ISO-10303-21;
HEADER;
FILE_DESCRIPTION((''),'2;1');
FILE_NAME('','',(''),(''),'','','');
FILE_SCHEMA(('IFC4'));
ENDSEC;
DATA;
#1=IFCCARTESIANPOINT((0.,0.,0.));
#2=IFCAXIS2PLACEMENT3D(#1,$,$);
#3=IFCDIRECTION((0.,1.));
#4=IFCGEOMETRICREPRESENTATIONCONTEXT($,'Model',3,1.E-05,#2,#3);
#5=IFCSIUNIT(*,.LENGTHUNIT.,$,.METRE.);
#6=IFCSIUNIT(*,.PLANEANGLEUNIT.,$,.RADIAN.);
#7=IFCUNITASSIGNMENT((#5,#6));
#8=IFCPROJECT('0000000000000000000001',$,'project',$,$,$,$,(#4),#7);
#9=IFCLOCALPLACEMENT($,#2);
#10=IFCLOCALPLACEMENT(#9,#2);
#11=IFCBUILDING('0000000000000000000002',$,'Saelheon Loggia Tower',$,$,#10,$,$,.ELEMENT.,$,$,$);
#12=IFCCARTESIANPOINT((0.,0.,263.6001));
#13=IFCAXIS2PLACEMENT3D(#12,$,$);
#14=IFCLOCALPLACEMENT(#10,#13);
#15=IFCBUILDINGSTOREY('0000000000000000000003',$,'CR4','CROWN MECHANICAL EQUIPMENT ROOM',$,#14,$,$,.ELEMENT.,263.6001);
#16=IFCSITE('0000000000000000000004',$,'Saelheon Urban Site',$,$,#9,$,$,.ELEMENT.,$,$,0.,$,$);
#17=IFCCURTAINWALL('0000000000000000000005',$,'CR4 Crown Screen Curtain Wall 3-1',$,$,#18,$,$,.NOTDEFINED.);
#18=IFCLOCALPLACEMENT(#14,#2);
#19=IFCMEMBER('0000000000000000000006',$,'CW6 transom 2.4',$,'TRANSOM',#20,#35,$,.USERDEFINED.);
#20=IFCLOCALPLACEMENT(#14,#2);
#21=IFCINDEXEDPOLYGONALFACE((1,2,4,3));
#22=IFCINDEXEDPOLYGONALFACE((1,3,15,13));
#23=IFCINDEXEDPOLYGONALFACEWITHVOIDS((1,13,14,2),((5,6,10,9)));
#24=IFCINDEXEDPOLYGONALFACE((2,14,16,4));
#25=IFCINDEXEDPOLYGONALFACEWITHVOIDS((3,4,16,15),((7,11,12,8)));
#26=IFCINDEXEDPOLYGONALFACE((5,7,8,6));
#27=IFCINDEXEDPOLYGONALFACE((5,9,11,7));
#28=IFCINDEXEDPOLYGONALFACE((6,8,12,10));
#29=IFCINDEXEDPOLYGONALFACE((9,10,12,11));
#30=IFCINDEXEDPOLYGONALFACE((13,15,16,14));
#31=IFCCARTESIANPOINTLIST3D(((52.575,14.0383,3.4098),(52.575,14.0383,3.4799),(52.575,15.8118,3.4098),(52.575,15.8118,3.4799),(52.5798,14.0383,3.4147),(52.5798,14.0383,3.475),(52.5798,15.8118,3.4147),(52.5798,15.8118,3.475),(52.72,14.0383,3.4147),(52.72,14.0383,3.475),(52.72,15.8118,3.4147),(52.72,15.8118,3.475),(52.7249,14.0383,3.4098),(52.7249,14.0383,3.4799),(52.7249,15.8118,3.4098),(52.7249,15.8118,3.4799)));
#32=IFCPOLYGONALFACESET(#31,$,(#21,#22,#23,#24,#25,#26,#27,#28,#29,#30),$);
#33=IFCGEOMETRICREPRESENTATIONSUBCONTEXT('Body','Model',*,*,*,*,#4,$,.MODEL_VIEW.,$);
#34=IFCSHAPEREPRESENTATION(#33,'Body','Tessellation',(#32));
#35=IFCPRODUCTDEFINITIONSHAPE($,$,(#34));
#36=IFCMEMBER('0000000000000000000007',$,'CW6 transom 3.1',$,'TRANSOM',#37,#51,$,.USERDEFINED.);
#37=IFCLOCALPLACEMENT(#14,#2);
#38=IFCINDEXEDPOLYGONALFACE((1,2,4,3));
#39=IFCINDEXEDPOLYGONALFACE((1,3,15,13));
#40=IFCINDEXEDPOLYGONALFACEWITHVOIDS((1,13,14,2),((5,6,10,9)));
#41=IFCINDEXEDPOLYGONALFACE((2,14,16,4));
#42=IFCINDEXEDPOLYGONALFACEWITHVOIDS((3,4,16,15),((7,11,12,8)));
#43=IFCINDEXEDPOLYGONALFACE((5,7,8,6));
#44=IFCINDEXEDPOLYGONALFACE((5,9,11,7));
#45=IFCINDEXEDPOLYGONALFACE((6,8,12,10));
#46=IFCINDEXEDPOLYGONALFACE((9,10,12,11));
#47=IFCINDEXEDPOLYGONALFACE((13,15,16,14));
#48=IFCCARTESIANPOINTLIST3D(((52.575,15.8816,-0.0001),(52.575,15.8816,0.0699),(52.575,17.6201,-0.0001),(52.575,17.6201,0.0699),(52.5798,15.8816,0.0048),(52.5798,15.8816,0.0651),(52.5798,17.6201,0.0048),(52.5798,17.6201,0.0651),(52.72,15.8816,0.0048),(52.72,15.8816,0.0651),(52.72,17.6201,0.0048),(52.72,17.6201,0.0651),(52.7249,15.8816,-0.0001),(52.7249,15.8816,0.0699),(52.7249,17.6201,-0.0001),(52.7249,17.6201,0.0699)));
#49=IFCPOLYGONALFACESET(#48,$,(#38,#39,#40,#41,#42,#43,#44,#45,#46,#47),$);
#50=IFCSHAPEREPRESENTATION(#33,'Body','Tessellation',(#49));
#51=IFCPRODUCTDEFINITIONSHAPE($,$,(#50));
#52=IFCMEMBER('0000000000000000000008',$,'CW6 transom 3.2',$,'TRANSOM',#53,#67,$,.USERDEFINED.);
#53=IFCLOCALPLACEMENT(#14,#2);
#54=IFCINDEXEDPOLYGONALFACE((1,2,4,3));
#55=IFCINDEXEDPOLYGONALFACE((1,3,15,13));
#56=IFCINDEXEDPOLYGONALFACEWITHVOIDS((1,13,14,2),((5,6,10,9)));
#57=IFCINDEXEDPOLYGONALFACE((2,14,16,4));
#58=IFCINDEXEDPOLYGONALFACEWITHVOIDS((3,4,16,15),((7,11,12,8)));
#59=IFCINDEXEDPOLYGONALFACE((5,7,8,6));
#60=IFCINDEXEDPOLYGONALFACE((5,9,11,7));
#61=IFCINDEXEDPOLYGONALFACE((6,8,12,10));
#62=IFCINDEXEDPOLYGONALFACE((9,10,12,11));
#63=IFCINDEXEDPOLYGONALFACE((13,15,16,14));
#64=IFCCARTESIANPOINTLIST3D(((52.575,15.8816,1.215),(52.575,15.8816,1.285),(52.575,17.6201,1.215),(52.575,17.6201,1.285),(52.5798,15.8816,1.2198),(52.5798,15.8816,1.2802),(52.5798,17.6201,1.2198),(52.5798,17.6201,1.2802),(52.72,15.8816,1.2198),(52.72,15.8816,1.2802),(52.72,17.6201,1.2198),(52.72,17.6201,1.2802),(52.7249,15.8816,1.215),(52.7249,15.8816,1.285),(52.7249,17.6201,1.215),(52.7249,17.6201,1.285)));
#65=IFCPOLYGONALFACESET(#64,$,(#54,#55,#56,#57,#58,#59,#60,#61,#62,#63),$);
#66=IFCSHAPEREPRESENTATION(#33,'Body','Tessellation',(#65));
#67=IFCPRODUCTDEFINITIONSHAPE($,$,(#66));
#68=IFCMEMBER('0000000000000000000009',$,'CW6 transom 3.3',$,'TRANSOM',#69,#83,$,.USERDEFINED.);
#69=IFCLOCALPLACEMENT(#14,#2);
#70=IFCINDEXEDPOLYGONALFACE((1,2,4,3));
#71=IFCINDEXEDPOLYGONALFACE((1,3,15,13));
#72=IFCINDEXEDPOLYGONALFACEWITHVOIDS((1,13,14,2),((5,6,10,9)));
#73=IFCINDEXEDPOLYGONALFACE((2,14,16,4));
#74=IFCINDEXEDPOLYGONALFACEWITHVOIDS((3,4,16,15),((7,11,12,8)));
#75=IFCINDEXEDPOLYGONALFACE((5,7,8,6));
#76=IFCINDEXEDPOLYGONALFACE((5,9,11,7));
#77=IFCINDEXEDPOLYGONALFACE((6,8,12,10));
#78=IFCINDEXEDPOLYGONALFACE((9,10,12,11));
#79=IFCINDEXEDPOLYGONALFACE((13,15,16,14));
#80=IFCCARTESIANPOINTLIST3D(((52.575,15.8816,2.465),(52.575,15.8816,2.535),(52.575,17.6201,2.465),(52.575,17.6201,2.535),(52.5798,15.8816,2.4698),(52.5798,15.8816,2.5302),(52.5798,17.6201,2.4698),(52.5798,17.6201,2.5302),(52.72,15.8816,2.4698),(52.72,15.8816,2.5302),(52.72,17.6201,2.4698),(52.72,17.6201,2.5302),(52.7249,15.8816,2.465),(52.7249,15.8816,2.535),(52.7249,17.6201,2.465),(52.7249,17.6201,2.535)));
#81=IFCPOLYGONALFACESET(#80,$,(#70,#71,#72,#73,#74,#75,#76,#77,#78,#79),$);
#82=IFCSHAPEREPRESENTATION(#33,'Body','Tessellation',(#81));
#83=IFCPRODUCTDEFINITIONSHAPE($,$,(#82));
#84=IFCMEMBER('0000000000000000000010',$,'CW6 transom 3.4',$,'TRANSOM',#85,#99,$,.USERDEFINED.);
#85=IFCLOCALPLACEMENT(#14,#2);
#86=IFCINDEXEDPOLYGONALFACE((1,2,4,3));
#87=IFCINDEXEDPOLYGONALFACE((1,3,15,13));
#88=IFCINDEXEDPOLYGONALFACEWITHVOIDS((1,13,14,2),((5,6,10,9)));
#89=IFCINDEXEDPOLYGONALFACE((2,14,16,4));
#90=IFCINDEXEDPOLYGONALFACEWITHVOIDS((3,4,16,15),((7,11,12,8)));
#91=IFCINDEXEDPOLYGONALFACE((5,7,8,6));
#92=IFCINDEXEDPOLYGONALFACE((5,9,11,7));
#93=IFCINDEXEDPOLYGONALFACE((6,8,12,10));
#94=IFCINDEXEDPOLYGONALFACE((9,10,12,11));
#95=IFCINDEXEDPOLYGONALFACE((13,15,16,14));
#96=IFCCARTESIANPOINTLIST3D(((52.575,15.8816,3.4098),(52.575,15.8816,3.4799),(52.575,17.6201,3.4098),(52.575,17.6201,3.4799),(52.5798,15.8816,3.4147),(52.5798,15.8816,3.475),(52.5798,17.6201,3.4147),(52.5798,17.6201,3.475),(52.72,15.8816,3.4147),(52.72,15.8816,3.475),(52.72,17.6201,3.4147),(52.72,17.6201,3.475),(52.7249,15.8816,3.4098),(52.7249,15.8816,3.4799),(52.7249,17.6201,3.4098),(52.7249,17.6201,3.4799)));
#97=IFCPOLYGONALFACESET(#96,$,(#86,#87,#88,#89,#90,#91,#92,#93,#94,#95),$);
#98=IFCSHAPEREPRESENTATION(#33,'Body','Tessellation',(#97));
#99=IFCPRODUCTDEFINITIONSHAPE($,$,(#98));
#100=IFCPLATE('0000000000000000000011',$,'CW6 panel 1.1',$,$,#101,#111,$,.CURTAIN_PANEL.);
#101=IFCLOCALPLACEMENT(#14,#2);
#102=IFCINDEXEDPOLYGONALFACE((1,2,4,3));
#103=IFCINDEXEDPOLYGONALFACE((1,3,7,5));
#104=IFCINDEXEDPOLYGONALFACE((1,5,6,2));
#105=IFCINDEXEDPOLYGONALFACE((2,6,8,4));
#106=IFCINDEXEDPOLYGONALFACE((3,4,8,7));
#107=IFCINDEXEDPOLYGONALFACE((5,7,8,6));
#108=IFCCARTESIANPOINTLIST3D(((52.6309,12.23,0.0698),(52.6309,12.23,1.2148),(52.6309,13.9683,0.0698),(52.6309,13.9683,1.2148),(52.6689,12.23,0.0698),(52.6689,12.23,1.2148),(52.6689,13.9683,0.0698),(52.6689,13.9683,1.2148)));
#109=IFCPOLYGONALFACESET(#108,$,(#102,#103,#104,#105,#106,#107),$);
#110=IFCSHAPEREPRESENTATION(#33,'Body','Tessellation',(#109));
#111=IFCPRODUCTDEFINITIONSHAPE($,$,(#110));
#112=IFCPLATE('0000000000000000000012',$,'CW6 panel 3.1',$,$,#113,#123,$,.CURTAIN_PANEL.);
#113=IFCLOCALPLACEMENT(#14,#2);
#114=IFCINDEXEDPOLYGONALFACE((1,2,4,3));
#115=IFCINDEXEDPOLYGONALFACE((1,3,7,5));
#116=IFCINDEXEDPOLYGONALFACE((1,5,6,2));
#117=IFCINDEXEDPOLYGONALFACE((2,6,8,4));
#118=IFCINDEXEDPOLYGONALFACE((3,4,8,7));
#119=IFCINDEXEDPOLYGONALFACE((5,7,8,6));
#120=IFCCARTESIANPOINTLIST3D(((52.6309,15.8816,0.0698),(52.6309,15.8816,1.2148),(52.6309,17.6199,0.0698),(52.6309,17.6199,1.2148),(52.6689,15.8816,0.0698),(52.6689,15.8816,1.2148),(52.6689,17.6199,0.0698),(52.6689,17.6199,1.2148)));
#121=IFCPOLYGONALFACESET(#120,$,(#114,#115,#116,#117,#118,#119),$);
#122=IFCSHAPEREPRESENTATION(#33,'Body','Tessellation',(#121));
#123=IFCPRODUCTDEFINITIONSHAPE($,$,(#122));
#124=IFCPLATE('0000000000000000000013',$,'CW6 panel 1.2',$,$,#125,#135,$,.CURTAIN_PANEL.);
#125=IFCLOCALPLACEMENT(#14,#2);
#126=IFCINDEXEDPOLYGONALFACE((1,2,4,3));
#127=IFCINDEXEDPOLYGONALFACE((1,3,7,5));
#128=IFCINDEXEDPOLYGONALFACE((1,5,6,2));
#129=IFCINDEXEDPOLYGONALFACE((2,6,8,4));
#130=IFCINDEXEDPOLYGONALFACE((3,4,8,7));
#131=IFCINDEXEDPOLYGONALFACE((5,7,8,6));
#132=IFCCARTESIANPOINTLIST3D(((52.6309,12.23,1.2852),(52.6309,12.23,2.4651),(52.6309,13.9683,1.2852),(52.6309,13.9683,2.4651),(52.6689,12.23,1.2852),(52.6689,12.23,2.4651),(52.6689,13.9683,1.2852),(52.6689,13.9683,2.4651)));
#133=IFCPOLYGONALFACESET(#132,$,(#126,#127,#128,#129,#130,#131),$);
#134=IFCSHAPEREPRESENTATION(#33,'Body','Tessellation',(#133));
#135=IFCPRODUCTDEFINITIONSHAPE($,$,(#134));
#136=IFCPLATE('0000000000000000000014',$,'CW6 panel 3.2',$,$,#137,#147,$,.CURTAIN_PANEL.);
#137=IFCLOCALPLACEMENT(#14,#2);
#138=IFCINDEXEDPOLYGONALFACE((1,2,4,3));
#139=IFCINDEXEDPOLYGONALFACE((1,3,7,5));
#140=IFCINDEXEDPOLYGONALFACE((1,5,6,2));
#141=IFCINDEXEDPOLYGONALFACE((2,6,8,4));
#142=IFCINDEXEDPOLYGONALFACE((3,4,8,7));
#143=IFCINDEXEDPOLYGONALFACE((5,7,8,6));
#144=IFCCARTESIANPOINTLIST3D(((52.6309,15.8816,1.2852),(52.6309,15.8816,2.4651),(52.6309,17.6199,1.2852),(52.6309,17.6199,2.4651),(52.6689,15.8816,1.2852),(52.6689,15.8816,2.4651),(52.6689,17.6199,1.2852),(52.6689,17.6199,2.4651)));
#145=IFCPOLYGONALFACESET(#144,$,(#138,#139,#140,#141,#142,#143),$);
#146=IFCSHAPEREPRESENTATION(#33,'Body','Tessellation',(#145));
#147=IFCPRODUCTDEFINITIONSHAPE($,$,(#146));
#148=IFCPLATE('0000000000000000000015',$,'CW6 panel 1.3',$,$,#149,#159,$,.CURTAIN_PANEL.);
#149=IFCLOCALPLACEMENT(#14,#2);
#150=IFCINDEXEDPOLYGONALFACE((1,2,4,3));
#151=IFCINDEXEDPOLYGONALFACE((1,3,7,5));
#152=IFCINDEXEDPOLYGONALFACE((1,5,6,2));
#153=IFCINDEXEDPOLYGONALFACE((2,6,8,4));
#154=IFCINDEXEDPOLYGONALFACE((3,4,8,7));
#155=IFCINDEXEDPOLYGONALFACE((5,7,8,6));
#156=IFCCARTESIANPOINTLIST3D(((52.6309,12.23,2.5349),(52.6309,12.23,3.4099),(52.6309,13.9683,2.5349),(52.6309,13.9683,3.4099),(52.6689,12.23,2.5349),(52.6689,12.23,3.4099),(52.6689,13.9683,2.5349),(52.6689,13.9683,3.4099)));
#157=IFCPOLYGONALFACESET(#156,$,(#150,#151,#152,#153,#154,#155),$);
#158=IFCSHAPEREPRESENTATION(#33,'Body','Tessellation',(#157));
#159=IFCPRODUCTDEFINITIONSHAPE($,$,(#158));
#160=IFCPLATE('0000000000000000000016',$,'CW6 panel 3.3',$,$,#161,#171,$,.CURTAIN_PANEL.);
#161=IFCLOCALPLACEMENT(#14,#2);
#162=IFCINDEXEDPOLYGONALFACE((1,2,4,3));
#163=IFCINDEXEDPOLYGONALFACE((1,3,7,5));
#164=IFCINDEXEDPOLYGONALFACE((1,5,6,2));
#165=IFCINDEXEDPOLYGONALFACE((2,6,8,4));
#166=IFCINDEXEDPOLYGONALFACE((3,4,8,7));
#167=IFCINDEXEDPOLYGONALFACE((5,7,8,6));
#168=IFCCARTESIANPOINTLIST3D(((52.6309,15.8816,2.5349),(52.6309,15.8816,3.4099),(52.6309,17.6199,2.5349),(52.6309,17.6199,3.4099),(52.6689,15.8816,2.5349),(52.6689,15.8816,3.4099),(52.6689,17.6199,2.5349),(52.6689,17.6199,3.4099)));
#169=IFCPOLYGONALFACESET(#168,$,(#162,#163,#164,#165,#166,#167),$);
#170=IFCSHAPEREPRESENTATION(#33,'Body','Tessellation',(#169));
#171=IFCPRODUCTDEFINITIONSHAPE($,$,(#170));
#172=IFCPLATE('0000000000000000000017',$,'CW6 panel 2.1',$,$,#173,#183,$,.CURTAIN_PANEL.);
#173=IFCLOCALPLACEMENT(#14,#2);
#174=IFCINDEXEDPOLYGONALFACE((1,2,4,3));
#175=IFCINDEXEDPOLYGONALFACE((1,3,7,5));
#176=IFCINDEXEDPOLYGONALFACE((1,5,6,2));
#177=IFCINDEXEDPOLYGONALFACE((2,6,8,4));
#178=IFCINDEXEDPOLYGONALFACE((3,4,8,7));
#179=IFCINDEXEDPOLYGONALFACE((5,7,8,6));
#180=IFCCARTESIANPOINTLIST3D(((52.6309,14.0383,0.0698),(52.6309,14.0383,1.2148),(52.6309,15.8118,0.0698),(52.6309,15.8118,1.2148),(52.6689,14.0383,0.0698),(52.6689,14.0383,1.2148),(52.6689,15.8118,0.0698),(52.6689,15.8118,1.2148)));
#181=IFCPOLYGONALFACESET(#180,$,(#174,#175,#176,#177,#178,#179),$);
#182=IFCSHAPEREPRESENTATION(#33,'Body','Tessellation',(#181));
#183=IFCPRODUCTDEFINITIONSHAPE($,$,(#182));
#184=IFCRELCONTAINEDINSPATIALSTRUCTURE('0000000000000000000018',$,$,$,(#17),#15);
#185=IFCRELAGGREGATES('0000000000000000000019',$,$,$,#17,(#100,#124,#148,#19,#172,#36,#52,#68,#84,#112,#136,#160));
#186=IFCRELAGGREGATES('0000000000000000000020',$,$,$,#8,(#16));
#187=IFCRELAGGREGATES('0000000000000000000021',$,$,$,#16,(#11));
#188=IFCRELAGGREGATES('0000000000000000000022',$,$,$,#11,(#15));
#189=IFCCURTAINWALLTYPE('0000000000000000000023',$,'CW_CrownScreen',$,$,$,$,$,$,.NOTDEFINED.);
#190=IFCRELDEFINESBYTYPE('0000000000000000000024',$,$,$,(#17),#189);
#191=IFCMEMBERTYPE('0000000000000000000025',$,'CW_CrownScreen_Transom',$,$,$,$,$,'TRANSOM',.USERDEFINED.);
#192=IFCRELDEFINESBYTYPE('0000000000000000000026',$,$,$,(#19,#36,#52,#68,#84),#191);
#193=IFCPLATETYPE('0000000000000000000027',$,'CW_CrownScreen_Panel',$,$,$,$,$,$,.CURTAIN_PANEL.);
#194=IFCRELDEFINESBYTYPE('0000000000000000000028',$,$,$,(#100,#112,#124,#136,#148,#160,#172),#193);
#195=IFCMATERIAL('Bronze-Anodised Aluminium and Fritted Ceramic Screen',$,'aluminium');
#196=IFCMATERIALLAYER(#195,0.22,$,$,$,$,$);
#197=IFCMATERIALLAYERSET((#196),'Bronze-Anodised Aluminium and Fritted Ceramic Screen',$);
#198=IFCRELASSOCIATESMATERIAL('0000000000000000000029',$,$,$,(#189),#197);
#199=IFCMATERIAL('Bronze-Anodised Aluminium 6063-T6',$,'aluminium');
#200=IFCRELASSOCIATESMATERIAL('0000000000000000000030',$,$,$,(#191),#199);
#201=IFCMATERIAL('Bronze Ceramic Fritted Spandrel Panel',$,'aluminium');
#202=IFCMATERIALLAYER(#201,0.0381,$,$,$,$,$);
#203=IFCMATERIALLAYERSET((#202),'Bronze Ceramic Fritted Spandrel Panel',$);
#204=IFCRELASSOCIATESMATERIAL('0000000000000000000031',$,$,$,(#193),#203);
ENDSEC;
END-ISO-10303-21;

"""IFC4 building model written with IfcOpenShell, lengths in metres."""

from ifc_helpers import new_model, si_unit, direction, frame, origin, origin_2d, place, context, subcontext, project, spatial, rectangle, hollow_rectangle, extrude, source, transform, mapped, material, layer, layer_set, material_profile, profile_set, type_object, element, aggregate, save


model = new_model("IFC4")

# Units and contexts
model_context = context("Model", 3, precision=1e-05, world=origin(), true_north=direction((0.0, 1.0)))
body_context = subcontext(model_context, "Body", "Model", "MODEL_VIEW")
ifc_project = project(units=[si_unit("LENGTHUNIT", "METRE"), si_unit("PLANEANGLEUNIT", "RADIAN")], contexts=[model_context])

# Site, building, storey
site_placement = place(None, origin())
site = spatial("IfcSite", under=ifc_project, at=site_placement, Name="Saelheon Urban Site", CompositionType="ELEMENT", RefElevation=0.0)
building_placement = place(site_placement, origin())
building = spatial("IfcBuilding", under=site, at=building_placement, Name="Saelheon Loggia Tower", CompositionType="ELEMENT")
storey_placement = place(building_placement, frame((0.0, 0.0, 263.6001)))
storey = spatial("IfcBuildingStorey", under=building, at=storey_placement, Name="CR4", Description="CROWN MECHANICAL EQUIPMENT ROOM", CompositionType="ELEMENT", Elevation=263.6001)

# Curtain wall, members, plates
ifc_material_1 = material(Name="Bronze-Anodised Aluminium and Fritted Ceramic Screen", Category="aluminium")
ifc_layer_1 = layer(ifc_material_1, 0.22)
ifc_layer_set_1 = layer_set([ifc_layer_1], Name="Bronze-Anodised Aluminium and Fritted Ceramic Screen")
curtain_wall_type = type_object("IfcCurtainWallType", Name="CW_CrownScreen", PredefinedType="NOTDEFINED", material=ifc_layer_set_1)
curtain_wall_placement = place(storey_placement, origin())
curtain_wall = element("IfcCurtainWall", 1, at=curtain_wall_placement, inside=storey, type_object=curtain_wall_type, Name="CR4 Crown Screen Curtain Wall 3-1", PredefinedType="NOTDEFINED")
ifc_material_2 = material(Name="Bronze-Anodised Aluminium 6063-T6", Category="aluminium")
ifc_material_profile_1 = material_profile(ifc_material_2, hollow_rectangle(XDim=0.0701, YDim=0.1499, WallThickness=0.0049, at=origin_2d()), Name="RHS-150x70x5")
ifc_profile_set_1 = profile_set([ifc_material_profile_1], Name="Bronze-Anodised Aluminium 6063-T6")
member_type_1 = type_object("IfcMemberType", Name="CW_CrownScreen_Transom", ElementType="TRANSOM", PredefinedType="USERDEFINED", material=ifc_profile_set_1)
shared_shape_1 = source(origin(), body_context, "Body", "SweptSolid", [
    extrude(hollow_rectangle(XDim=0.0701, YDim=0.1499, WallThickness=0.0049, at=origin_2d()), origin(), (0.0, 0.0, 1.0), 1.7734),
])
member_1_placement = place(storey_placement, frame((52.6499, 14.0383, 3.4448), z_axis=(0.0, 1.0, 0.0), x_axis=(0.0, 0.0, 1.0)))
member_1 = element("IfcMember", 2, at=member_1_placement, type_object=member_type_1, Name="CW6 transom 2.4", ObjectType="TRANSOM", PredefinedType="USERDEFINED", context=body_context, shape_type="MappedRepresentation", body=[
    mapped(shared_shape_1, transform((0.0, 0.0, 0.0), scale=1.0)),
])
shared_shape_2 = source(origin(), body_context, "Body", "SweptSolid", [
    extrude(hollow_rectangle(XDim=0.0701, YDim=0.1499, WallThickness=0.0049, at=origin_2d()), origin(), (0.0, 0.0, 1.0), 1.7385),
])
member_2_placement = place(storey_placement, frame((52.6499, 15.8816, 0.0349), z_axis=(0.0, 1.0, 0.0), x_axis=(0.0, 0.0, 1.0)))
member_2 = element("IfcMember", 3, at=member_2_placement, type_object=member_type_1, Name="CW6 transom 3.1", ObjectType="TRANSOM", PredefinedType="USERDEFINED", context=body_context, shape_type="MappedRepresentation", body=[
    mapped(shared_shape_2, transform((0.0, 0.0, 0.0), scale=1.0)),
])
member_3_placement = place(storey_placement, frame((52.6499, 15.8816, 1.25), z_axis=(0.0, 1.0, 0.0), x_axis=(0.0, 0.0, 1.0)))
member_3 = element("IfcMember", 4, at=member_3_placement, type_object=member_type_1, Name="CW6 transom 3.2", ObjectType="TRANSOM", PredefinedType="USERDEFINED", context=body_context, shape_type="MappedRepresentation", body=[
    mapped(shared_shape_2, transform((0.0, 0.0, 0.0), scale=1.0)),
])
member_4_placement = place(storey_placement, frame((52.6499, 15.8816, 2.5), z_axis=(0.0, 1.0, 0.0), x_axis=(0.0, 0.0, 1.0)))
member_4 = element("IfcMember", 5, at=member_4_placement, type_object=member_type_1, Name="CW6 transom 3.3", ObjectType="TRANSOM", PredefinedType="USERDEFINED", context=body_context, shape_type="MappedRepresentation", body=[
    mapped(shared_shape_2, transform((0.0, 0.0, 0.0), scale=1.0)),
])
member_5_placement = place(storey_placement, frame((52.6499, 15.8816, 3.4448), z_axis=(0.0, 1.0, 0.0), x_axis=(0.0, 0.0, 1.0)))
member_5 = element("IfcMember", 6, at=member_5_placement, type_object=member_type_1, Name="CW6 transom 3.4", ObjectType="TRANSOM", PredefinedType="USERDEFINED", context=body_context, shape_type="MappedRepresentation", body=[
    mapped(shared_shape_2, transform((0.0, 0.0, 0.0), scale=1.0)),
])
ifc_material_3 = material(Name="Bronze Ceramic Fritted Spandrel Panel", Category="aluminium")
ifc_layer_2 = layer(ifc_material_3, 0.0381)
ifc_layer_set_2 = layer_set([ifc_layer_2], Name="Bronze Ceramic Fritted Spandrel Panel")
plate_type = type_object("IfcPlateType", Name="CW_CrownScreen_Panel", PredefinedType="CURTAIN_PANEL", material=ifc_layer_set_2)
shared_shape_3 = source(origin(), body_context, "Body", "SweptSolid", [
    extrude(rectangle(XDim=1.7383, YDim=0.0381, at=origin_2d()), origin(), (0.0, 0.0, 1.0), 1.145),
])
plate_1_placement = place(storey_placement, frame((52.6499, 13.0991, 0.0698), z_axis=(0.0, 0.0, 1.0), x_axis=(0.0, 1.0, 0.0)))
plate_1 = element("IfcPlate", 7, at=plate_1_placement, type_object=plate_type, Name="CW6 panel 1.1", PredefinedType="CURTAIN_PANEL", context=body_context, shape_type="MappedRepresentation", body=[
    mapped(shared_shape_3, transform((0.0, 0.0, 0.0), scale=1.0)),
])
plate_2_placement = place(storey_placement, frame((52.6499, 16.7507, 0.0698), z_axis=(0.0, 0.0, 1.0), x_axis=(0.0, 1.0, 0.0)))
plate_2 = element("IfcPlate", 8, at=plate_2_placement, type_object=plate_type, Name="CW6 panel 3.1", PredefinedType="CURTAIN_PANEL", context=body_context, shape_type="MappedRepresentation", body=[
    mapped(shared_shape_3, transform((0.0, 0.0, 0.0), scale=1.0)),
])
shared_shape_4 = source(origin(), body_context, "Body", "SweptSolid", [
    extrude(rectangle(XDim=1.7383, YDim=0.0381, at=origin_2d()), origin(), (0.0, 0.0, 1.0), 1.1799),
])
plate_3_placement = place(storey_placement, frame((52.6499, 13.0991, 1.2852), z_axis=(0.0, 0.0, 1.0), x_axis=(0.0, 1.0, 0.0)))
plate_3 = element("IfcPlate", 9, at=plate_3_placement, type_object=plate_type, Name="CW6 panel 1.2", PredefinedType="CURTAIN_PANEL", context=body_context, shape_type="MappedRepresentation", body=[
    mapped(shared_shape_4, transform((0.0, 0.0, 0.0), scale=1.0)),
])
plate_4_placement = place(storey_placement, frame((52.6499, 16.7507, 1.2852), z_axis=(0.0, 0.0, 1.0), x_axis=(0.0, 1.0, 0.0)))
plate_4 = element("IfcPlate", 10, at=plate_4_placement, type_object=plate_type, Name="CW6 panel 3.2", PredefinedType="CURTAIN_PANEL", context=body_context, shape_type="MappedRepresentation", body=[
    mapped(shared_shape_4, transform((0.0, 0.0, 0.0), scale=1.0)),
])
shared_shape_5 = source(origin(), body_context, "Body", "SweptSolid", [
    extrude(rectangle(XDim=1.7383, YDim=0.0381, at=origin_2d()), origin(), (0.0, 0.0, 1.0), 0.875),
])
plate_5_placement = place(storey_placement, frame((52.6499, 13.0991, 2.5349), z_axis=(0.0, 0.0, 1.0), x_axis=(0.0, 1.0, 0.0)))
plate_5 = element("IfcPlate", 11, at=plate_5_placement, type_object=plate_type, Name="CW6 panel 1.3", PredefinedType="CURTAIN_PANEL", context=body_context, shape_type="MappedRepresentation", body=[
    mapped(shared_shape_5, transform((0.0, 0.0, 0.0), scale=1.0)),
])
plate_6_placement = place(storey_placement, frame((52.6499, 16.7507, 2.5349), z_axis=(0.0, 0.0, 1.0), x_axis=(0.0, 1.0, 0.0)))
plate_6 = element("IfcPlate", 12, at=plate_6_placement, type_object=plate_type, Name="CW6 panel 3.3", PredefinedType="CURTAIN_PANEL", context=body_context, shape_type="MappedRepresentation", body=[
    mapped(shared_shape_5, transform((0.0, 0.0, 0.0), scale=1.0)),
])
shared_shape_6 = source(origin(), body_context, "Body", "SweptSolid", [
    extrude(rectangle(XDim=1.7734, YDim=0.0381, at=origin_2d()), origin(), (0.0, 0.0, 1.0), 1.145),
])
plate_7_placement = place(storey_placement, frame((52.6499, 14.925, 0.0698), z_axis=(0.0, 0.0, 1.0), x_axis=(0.0, 1.0, 0.0)))
plate_7 = element("IfcPlate", 13, at=plate_7_placement, type_object=plate_type, Name="CW6 panel 2.1", PredefinedType="CURTAIN_PANEL", context=body_context, shape_type="MappedRepresentation", body=[
    mapped(shared_shape_6, transform((0.0, 0.0, 0.0), scale=1.0)),
])
aggregate(curtain_wall, [plate_1, plate_3, plate_5, member_1, plate_7, member_2, member_3, member_4, member_5, plate_2, plate_4, plate_6])

save(model, "model.ifc")
